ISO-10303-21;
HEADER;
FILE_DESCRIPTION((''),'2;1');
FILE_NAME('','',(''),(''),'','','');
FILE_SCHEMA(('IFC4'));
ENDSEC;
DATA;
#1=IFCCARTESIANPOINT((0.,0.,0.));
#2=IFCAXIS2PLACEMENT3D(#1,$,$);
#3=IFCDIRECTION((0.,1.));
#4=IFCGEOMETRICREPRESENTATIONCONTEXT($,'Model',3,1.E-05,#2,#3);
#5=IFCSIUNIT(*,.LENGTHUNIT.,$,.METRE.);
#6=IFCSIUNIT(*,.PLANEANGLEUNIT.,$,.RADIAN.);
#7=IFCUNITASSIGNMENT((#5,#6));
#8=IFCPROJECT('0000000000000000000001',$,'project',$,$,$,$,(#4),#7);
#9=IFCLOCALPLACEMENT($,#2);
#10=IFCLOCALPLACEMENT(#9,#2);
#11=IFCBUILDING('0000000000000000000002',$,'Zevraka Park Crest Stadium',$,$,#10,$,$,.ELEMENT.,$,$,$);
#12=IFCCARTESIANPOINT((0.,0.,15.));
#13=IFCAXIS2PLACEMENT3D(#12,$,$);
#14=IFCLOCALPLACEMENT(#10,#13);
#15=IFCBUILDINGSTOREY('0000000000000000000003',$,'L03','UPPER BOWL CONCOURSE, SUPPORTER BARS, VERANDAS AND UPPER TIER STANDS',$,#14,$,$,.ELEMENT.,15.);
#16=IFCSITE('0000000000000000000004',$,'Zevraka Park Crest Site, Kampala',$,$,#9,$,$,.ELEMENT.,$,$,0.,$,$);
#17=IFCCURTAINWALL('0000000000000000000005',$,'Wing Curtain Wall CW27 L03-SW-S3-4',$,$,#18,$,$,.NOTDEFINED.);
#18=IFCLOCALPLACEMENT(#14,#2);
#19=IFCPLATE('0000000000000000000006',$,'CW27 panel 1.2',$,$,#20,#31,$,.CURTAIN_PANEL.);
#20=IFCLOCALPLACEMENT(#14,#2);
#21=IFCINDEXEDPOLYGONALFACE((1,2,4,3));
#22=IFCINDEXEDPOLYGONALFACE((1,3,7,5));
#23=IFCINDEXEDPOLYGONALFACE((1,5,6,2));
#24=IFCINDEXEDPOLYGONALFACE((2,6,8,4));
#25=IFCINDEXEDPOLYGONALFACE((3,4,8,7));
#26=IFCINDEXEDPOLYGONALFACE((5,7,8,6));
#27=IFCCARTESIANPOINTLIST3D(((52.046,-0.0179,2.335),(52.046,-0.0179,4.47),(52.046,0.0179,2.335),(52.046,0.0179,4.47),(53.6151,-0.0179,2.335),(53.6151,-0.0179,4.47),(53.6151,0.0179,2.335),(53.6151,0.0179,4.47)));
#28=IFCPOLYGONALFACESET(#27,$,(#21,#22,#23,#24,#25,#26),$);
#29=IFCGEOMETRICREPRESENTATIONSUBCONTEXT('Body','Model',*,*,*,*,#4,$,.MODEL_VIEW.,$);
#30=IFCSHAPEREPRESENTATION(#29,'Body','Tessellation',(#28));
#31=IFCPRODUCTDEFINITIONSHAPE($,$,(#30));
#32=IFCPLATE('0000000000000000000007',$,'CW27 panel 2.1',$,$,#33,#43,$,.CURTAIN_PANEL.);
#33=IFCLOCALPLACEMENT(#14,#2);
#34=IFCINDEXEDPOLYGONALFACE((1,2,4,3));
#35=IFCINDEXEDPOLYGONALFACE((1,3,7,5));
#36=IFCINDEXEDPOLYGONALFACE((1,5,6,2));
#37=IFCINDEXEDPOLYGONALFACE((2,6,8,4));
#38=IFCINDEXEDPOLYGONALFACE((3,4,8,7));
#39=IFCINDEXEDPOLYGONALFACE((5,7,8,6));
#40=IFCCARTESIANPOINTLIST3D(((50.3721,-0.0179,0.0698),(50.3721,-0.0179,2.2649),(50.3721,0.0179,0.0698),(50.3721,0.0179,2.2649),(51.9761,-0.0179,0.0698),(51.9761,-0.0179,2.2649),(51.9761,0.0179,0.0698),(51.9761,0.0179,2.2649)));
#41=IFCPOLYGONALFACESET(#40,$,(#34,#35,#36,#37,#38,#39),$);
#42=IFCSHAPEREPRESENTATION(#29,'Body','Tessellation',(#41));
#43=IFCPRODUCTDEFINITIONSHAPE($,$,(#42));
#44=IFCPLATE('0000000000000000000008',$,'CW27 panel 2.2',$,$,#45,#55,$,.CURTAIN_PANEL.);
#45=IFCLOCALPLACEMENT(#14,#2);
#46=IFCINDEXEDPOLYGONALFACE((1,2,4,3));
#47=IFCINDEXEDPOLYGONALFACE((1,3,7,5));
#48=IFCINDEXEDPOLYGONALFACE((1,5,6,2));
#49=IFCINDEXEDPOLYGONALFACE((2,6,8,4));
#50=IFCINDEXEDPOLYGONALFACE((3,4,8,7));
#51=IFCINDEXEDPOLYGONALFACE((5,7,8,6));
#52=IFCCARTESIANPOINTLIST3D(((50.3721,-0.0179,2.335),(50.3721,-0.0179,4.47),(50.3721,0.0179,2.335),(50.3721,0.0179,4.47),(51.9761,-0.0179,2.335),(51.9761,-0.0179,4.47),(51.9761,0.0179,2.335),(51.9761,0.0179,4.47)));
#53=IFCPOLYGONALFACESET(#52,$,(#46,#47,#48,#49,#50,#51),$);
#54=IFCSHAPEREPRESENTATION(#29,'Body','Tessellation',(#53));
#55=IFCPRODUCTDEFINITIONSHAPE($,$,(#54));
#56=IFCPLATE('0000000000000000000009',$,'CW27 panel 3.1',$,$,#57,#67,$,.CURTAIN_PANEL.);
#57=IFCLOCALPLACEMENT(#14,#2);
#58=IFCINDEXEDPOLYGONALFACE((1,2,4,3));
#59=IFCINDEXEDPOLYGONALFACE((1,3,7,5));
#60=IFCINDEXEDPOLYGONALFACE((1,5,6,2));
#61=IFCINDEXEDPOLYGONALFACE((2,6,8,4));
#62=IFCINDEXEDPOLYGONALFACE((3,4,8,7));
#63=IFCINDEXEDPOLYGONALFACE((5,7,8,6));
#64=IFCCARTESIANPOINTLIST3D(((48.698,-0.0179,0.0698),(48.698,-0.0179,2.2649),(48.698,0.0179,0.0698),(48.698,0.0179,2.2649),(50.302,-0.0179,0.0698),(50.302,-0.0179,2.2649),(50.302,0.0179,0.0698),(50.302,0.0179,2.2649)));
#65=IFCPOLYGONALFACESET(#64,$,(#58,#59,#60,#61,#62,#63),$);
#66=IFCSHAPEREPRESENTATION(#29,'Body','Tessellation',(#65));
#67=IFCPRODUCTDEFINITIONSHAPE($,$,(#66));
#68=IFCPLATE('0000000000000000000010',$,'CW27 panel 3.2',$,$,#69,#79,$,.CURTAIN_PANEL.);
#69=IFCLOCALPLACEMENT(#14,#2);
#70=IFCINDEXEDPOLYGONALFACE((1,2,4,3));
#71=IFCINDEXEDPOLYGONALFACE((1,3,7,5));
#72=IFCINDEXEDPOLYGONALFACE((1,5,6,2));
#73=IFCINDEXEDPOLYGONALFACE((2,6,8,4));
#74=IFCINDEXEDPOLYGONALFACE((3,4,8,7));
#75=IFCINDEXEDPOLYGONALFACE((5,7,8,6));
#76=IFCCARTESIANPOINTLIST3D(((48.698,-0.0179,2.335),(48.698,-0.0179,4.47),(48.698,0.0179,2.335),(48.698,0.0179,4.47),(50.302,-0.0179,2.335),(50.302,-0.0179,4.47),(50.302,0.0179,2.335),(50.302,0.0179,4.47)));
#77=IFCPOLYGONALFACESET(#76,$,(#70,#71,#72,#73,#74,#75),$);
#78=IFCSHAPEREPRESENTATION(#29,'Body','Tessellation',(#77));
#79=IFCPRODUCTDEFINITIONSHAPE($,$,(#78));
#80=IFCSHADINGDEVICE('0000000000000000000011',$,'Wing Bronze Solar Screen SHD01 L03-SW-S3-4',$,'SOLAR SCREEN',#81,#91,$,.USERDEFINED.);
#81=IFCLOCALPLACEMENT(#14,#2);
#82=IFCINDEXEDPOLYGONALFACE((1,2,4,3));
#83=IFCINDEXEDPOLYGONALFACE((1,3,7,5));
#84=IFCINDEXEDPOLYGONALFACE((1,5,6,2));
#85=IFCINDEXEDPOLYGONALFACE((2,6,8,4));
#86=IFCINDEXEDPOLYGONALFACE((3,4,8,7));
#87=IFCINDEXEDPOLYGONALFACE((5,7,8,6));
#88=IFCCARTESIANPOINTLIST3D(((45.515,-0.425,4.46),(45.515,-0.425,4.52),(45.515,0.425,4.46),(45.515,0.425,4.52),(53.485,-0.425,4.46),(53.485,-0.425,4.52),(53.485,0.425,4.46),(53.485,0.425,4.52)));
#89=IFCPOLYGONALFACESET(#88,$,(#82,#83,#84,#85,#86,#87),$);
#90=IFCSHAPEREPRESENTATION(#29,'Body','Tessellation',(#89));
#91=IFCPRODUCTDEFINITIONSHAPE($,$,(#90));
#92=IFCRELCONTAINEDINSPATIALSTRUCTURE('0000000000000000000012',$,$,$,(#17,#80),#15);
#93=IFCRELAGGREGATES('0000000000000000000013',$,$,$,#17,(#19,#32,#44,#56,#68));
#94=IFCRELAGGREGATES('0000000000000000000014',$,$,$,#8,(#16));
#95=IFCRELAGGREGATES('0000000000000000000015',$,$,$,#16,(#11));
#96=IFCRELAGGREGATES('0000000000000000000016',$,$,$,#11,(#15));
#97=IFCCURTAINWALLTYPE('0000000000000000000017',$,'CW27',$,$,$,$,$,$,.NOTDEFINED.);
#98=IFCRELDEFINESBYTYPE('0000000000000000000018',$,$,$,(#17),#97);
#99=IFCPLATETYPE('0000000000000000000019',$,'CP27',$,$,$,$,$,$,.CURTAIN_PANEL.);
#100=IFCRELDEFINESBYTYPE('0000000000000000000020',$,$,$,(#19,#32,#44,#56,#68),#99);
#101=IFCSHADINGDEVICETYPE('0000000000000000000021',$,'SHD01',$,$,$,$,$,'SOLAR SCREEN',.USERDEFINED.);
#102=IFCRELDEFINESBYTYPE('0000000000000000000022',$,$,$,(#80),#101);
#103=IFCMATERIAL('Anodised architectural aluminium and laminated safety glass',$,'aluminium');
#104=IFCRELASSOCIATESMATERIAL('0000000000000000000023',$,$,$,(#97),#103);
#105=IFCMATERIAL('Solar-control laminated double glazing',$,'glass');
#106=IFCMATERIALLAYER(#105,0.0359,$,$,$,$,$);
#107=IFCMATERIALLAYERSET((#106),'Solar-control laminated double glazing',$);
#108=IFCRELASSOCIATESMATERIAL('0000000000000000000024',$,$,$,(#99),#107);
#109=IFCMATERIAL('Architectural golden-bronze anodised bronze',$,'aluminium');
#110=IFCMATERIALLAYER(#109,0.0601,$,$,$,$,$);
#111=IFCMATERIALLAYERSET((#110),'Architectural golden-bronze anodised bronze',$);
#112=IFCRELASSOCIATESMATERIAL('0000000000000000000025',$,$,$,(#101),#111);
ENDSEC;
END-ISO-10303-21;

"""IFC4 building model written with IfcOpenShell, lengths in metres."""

from ifc_helpers import new_model, si_unit, direction, frame, origin, origin_2d, place, context, subcontext, project, spatial, rectangle, extrude, material, layer, layer_set, type_object, element, aggregate, save


model = new_model("IFC4")

# Units and contexts
model_context = context("Model", 3, precision=1e-05, world=origin(), true_north=direction((0.0, 1.0)))
body_context = subcontext(model_context, "Body", "Model", "MODEL_VIEW")
ifc_project = project(units=[si_unit("LENGTHUNIT", "METRE"), si_unit("PLANEANGLEUNIT", "RADIAN")], contexts=[model_context])

# Site, building, storey
site_placement = place(None, origin())
site = spatial("IfcSite", under=ifc_project, at=site_placement, Name="Zevraka Park Crest Site, Kampala", CompositionType="ELEMENT", RefElevation=0.0)
building_placement = place(site_placement, origin())
building = spatial("IfcBuilding", under=site, at=building_placement, Name="Zevraka Park Crest Stadium", CompositionType="ELEMENT")
storey_placement = place(building_placement, frame((0.0, 0.0, 15.0)))
storey = spatial("IfcBuildingStorey", under=building, at=storey_placement, Name="L03", Description="UPPER BOWL CONCOURSE, SUPPORTER BARS, VERANDAS AND UPPER TIER STANDS", CompositionType="ELEMENT", Elevation=15.0)

# Curtain wall, plates
ifc_material_1 = material(Name="Anodised architectural aluminium and laminated safety glass", Category="aluminium")
curtain_wall_type = type_object("IfcCurtainWallType", Name="CW27", PredefinedType="NOTDEFINED", material=ifc_material_1)
curtain_wall_placement = place(storey_placement, origin())
curtain_wall = element("IfcCurtainWall", 1, at=curtain_wall_placement, inside=storey, type_object=curtain_wall_type, Name="Wing Curtain Wall CW27 L03-SW-S3-4", PredefinedType="NOTDEFINED")
ifc_material_2 = material(Name="Solar-control laminated double glazing", Category="glass")
ifc_layer_1 = layer(ifc_material_2, 0.0359)
ifc_layer_set_1 = layer_set([ifc_layer_1], Name="Solar-control laminated double glazing")
plate_type = type_object("IfcPlateType", Name="CP27", PredefinedType="CURTAIN_PANEL", material=ifc_layer_set_1)
plate_1_placement = place(storey_placement, frame((52.8306, 0.0, 2.335), z_axis=(0.0, 0.0, 1.0), x_axis=(-1.0, 0.0, 0.0)))
plate_1 = element("IfcPlate", 2, at=plate_1_placement, type_object=plate_type, Name="CW27 panel 1.2", PredefinedType="CURTAIN_PANEL", context=body_context, shape_type="SweptSolid", body=[
    extrude(rectangle(XDim=1.5691, YDim=0.0359, at=origin_2d()), origin(), (0.0, 0.0, 1.0), 2.135),
])
plate_2_placement = place(storey_placement, frame((51.1741, 0.0, 0.0698), z_axis=(0.0, 0.0, 1.0), x_axis=(-1.0, 0.0, 0.0)))
plate_2 = element("IfcPlate", 3, at=plate_2_placement, type_object=plate_type, Name="CW27 panel 2.1", PredefinedType="CURTAIN_PANEL", context=body_context, shape_type="SweptSolid", body=[
    extrude(rectangle(XDim=1.604, YDim=0.0359, at=origin_2d()), origin(), (0.0, 0.0, 1.0), 2.1951),
])
plate_3_placement = place(storey_placement, frame((51.1741, 0.0, 2.335), z_axis=(0.0, 0.0, 1.0), x_axis=(-1.0, 0.0, 0.0)))
plate_3 = element("IfcPlate", 4, at=plate_3_placement, type_object=plate_type, Name="CW27 panel 2.2", PredefinedType="CURTAIN_PANEL", context=body_context, shape_type="SweptSolid", body=[
    extrude(rectangle(XDim=1.604, YDim=0.0359, at=origin_2d()), origin(), (0.0, 0.0, 1.0), 2.135),
])
plate_4_placement = place(storey_placement, frame((49.5, 0.0, 0.0698), z_axis=(0.0, 0.0, 1.0), x_axis=(-1.0, 0.0, 0.0)))
plate_4 = element("IfcPlate", 5, at=plate_4_placement, type_object=plate_type, Name="CW27 panel 3.1", PredefinedType="CURTAIN_PANEL", context=body_context, shape_type="SweptSolid", body=[
    extrude(rectangle(XDim=1.604, YDim=0.0359, at=origin_2d()), origin(), (0.0, 0.0, 1.0), 2.1951),
])
plate_5_placement = place(storey_placement, frame((49.5, 0.0, 2.335), z_axis=(0.0, 0.0, 1.0), x_axis=(-1.0, 0.0, 0.0)))
plate_5 = element("IfcPlate", 6, at=plate_5_placement, type_object=plate_type, Name="CW27 panel 3.2", PredefinedType="CURTAIN_PANEL", context=body_context, shape_type="SweptSolid", body=[
    extrude(rectangle(XDim=1.604, YDim=0.0359, at=origin_2d()), origin(), (0.0, 0.0, 1.0), 2.135),
])
aggregate(curtain_wall, [plate_1, plate_2, plate_3, plate_4, plate_5])

# Shading device
ifc_material_3 = material(Name="Architectural golden-bronze anodised bronze", Category="aluminium")
ifc_layer_2 = layer(ifc_material_3, 0.0601)
ifc_layer_set_2 = layer_set([ifc_layer_2], Name="Architectural golden-bronze anodised bronze")
shading_device_type = type_object("IfcShadingDeviceType", Name="SHD01", ElementType="SOLAR SCREEN", PredefinedType="USERDEFINED", material=ifc_layer_set_2)
shading_device_placement = place(storey_placement, frame((49.5, 0.0, 4.46), z_axis=(0.0, 0.0, 1.0), x_axis=(-1.0, 0.0, 0.0)))
element("IfcShadingDevice", 7, at=shading_device_placement, inside=storey, type_object=shading_device_type, Name="Wing Bronze Solar Screen SHD01 L03-SW-S3-4", ObjectType="SOLAR SCREEN", PredefinedType="USERDEFINED", context=body_context, shape_type="SweptSolid", body=[
    extrude(rectangle(XDim=7.97, YDim=0.8501, at=origin_2d()), origin(), (0.0, 0.0, 1.0), 0.0601),
])

save(model, "model.ifc")
